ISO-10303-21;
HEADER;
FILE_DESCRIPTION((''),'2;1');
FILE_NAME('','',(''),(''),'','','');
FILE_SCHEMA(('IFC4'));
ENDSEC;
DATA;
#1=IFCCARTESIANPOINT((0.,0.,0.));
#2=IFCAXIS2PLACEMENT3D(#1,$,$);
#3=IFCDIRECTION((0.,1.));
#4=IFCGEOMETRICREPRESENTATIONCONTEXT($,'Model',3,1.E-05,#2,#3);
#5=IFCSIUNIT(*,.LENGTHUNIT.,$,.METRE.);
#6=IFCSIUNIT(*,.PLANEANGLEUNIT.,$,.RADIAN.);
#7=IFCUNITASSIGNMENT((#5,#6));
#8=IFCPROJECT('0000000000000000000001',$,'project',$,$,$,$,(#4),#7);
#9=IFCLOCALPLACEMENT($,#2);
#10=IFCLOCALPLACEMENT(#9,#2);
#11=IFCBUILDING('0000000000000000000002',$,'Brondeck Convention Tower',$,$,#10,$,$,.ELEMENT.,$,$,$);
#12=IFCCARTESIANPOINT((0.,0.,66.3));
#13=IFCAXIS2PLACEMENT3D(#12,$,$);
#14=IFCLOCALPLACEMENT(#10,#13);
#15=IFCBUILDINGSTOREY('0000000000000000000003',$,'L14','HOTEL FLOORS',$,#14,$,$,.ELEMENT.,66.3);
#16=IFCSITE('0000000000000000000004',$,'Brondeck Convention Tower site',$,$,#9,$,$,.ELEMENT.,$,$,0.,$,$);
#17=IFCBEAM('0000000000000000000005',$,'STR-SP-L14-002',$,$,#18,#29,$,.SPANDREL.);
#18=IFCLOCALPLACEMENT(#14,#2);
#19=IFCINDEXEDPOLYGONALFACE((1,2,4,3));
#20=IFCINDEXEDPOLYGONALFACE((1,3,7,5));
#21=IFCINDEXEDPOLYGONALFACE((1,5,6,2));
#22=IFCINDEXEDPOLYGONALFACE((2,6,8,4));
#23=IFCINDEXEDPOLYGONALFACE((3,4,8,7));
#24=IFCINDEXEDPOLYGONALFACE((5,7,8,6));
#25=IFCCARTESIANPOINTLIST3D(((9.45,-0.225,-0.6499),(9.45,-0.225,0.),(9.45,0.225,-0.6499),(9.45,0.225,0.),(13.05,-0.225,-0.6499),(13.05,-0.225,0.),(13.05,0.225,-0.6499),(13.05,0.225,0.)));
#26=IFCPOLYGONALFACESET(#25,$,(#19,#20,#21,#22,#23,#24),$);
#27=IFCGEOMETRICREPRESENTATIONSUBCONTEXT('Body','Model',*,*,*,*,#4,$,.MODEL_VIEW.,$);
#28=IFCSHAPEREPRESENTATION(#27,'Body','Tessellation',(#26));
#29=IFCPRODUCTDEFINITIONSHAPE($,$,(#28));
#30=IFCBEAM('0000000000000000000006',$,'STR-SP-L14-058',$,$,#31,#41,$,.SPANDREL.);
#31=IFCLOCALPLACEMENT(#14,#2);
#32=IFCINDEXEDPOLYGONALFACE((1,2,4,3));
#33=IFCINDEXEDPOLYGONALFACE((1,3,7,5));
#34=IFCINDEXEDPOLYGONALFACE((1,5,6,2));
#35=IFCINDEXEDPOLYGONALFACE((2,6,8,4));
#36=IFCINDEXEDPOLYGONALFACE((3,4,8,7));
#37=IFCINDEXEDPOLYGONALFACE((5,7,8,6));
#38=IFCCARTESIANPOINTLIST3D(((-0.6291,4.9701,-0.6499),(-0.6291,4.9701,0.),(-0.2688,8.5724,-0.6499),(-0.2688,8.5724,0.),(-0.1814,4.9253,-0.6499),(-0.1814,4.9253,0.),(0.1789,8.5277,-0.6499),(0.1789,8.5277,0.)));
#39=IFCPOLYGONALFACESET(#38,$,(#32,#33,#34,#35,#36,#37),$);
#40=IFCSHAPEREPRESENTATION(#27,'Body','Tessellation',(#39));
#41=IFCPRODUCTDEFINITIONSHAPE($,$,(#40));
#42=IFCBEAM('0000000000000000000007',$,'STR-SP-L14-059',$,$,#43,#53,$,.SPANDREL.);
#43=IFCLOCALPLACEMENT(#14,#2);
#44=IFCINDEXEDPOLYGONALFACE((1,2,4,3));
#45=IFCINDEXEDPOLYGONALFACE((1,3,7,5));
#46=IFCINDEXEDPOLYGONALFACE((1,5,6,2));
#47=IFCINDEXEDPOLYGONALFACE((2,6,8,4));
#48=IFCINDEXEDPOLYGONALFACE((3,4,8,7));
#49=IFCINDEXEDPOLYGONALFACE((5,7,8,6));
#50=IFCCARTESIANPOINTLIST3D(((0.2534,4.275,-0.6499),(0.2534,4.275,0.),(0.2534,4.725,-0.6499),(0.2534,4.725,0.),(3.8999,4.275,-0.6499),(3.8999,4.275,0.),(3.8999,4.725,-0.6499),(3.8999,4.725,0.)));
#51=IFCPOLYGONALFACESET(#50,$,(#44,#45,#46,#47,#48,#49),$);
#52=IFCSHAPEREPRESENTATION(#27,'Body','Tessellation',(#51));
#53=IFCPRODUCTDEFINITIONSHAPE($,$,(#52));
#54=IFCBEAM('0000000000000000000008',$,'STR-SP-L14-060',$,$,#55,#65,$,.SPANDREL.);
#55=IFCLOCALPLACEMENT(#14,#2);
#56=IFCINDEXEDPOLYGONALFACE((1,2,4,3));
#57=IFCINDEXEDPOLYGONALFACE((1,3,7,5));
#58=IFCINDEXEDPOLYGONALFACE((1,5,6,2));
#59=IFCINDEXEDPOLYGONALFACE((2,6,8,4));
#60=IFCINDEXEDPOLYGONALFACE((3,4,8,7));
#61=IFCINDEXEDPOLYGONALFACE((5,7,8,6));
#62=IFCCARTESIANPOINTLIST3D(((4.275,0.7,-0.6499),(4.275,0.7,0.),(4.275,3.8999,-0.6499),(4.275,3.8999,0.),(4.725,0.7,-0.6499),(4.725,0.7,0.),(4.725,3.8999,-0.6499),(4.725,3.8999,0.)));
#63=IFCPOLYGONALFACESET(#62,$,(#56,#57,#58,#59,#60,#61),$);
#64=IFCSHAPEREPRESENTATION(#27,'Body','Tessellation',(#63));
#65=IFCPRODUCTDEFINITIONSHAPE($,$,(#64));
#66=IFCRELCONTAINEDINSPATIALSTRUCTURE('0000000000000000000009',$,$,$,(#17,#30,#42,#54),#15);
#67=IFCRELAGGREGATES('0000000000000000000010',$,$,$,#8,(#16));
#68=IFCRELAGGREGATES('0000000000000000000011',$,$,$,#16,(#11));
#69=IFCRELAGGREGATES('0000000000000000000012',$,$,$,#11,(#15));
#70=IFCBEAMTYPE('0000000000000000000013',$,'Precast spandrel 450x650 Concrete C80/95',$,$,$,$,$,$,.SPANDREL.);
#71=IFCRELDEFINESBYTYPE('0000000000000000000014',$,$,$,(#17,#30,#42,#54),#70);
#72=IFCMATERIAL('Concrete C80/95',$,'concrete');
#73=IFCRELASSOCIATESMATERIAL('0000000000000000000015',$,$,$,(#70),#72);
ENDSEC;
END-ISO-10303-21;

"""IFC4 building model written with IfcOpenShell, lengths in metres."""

from ifc_helpers import new_model, si_unit, direction, frame, origin, origin_2d, place, context, subcontext, project, spatial, rectangle, extrude, material, material_profile, profile_set, type_object, element, save


model = new_model("IFC4")

# Units and contexts
model_context = context("Model", 3, precision=1e-05, world=origin(), true_north=direction((0.0, 1.0)))
body_context = subcontext(model_context, "Body", "Model", "MODEL_VIEW")
ifc_project = project(units=[si_unit("LENGTHUNIT", "METRE"), si_unit("PLANEANGLEUNIT", "RADIAN")], contexts=[model_context])

# Site, building, storey
site_placement = place(None, origin())
site = spatial("IfcSite", under=ifc_project, at=site_placement, Name="Brondeck Convention Tower site", CompositionType="ELEMENT", RefElevation=0.0)
building_placement = place(site_placement, origin())
building = spatial("IfcBuilding", under=site, at=building_placement, Name="Brondeck Convention Tower", CompositionType="ELEMENT")
storey_placement = place(building_placement, frame((0.0, 0.0, 66.3)))
storey = spatial("IfcBuildingStorey", under=building, at=storey_placement, Name="L14", Description="HOTEL FLOORS", CompositionType="ELEMENT", Elevation=66.3)

# Shared definitions
ifc_material_1 = material(Name="Concrete C80/95", Category="concrete")

# Beams
ifc_material_profile_1 = material_profile(ifc_material_1, rectangle(XDim=0.45, YDim=0.6499, at=origin_2d()), Name="Precast spandrel 450x650 Concrete C80/95")
ifc_profile_set_1 = profile_set([ifc_material_profile_1], Name="Concrete C80/95")
beam_type_1 = type_object("IfcBeamType", Name="Precast spandrel 450x650 Concrete C80/95", PredefinedType="SPANDREL", material=ifc_profile_set_1)
for number, where, z_axis, x_axis, name in (
    (1, (9.45, 0.0, -0.325), (1.0, 0.0, 0.0), (0.0, 1.0, 0.0), "STR-SP-L14-002"),
):
    element("IfcBeam", number, at=place(storey_placement, frame(where, z_axis=z_axis, x_axis=x_axis)), inside=storey, type_object=beam_type_1, Name=name, PredefinedType="SPANDREL", context=body_context, shape_type="SweptSolid", body=[
        extrude(rectangle(XDim=0.45, YDim=0.6499, at=origin_2d()), origin(), (0.0, 0.0, 1.0), 3.6001),
    ])
beam_1_placement = place(storey_placement, frame((-0.0449, 8.55, -0.325), z_axis=(-0.099537, -0.995034, 0.0), x_axis=(0.995034, -0.099537, 0.0)))
element("IfcBeam", 2, at=beam_1_placement, inside=storey, type_object=beam_type_1, Name="STR-SP-L14-058", PredefinedType="SPANDREL", context=body_context, shape_type="SweptSolid", body=[
    extrude(rectangle(XDim=0.45, YDim=0.6499, at=origin_2d()), origin(), (0.0, 0.0, 1.0), 3.6204),
])
beam_2_placement = place(storey_placement, frame((0.2534, 4.5, -0.325), z_axis=(1.0, 0.0, 0.0), x_axis=(0.0, 1.0, 0.0)))
element("IfcBeam", 3, at=beam_2_placement, inside=storey, type_object=beam_type_1, Name="STR-SP-L14-059", PredefinedType="SPANDREL", context=body_context, shape_type="SweptSolid", body=[
    extrude(rectangle(XDim=0.45, YDim=0.6499, at=origin_2d()), origin(), (0.0, 0.0, 1.0), 3.6465),
])
beam_3_placement = place(storey_placement, frame((4.5, 3.8999, -0.325), z_axis=(0.0, -1.0, 0.0), x_axis=(1.0, 0.0, 0.0)))
element("IfcBeam", 4, at=beam_3_placement, inside=storey, type_object=beam_type_1, Name="STR-SP-L14-060", PredefinedType="SPANDREL", context=body_context, shape_type="SweptSolid", body=[
    extrude(rectangle(XDim=0.45, YDim=0.6499, at=origin_2d()), origin(), (0.0, 0.0, 1.0), 3.2),
])

save(model, "model.ifc")
